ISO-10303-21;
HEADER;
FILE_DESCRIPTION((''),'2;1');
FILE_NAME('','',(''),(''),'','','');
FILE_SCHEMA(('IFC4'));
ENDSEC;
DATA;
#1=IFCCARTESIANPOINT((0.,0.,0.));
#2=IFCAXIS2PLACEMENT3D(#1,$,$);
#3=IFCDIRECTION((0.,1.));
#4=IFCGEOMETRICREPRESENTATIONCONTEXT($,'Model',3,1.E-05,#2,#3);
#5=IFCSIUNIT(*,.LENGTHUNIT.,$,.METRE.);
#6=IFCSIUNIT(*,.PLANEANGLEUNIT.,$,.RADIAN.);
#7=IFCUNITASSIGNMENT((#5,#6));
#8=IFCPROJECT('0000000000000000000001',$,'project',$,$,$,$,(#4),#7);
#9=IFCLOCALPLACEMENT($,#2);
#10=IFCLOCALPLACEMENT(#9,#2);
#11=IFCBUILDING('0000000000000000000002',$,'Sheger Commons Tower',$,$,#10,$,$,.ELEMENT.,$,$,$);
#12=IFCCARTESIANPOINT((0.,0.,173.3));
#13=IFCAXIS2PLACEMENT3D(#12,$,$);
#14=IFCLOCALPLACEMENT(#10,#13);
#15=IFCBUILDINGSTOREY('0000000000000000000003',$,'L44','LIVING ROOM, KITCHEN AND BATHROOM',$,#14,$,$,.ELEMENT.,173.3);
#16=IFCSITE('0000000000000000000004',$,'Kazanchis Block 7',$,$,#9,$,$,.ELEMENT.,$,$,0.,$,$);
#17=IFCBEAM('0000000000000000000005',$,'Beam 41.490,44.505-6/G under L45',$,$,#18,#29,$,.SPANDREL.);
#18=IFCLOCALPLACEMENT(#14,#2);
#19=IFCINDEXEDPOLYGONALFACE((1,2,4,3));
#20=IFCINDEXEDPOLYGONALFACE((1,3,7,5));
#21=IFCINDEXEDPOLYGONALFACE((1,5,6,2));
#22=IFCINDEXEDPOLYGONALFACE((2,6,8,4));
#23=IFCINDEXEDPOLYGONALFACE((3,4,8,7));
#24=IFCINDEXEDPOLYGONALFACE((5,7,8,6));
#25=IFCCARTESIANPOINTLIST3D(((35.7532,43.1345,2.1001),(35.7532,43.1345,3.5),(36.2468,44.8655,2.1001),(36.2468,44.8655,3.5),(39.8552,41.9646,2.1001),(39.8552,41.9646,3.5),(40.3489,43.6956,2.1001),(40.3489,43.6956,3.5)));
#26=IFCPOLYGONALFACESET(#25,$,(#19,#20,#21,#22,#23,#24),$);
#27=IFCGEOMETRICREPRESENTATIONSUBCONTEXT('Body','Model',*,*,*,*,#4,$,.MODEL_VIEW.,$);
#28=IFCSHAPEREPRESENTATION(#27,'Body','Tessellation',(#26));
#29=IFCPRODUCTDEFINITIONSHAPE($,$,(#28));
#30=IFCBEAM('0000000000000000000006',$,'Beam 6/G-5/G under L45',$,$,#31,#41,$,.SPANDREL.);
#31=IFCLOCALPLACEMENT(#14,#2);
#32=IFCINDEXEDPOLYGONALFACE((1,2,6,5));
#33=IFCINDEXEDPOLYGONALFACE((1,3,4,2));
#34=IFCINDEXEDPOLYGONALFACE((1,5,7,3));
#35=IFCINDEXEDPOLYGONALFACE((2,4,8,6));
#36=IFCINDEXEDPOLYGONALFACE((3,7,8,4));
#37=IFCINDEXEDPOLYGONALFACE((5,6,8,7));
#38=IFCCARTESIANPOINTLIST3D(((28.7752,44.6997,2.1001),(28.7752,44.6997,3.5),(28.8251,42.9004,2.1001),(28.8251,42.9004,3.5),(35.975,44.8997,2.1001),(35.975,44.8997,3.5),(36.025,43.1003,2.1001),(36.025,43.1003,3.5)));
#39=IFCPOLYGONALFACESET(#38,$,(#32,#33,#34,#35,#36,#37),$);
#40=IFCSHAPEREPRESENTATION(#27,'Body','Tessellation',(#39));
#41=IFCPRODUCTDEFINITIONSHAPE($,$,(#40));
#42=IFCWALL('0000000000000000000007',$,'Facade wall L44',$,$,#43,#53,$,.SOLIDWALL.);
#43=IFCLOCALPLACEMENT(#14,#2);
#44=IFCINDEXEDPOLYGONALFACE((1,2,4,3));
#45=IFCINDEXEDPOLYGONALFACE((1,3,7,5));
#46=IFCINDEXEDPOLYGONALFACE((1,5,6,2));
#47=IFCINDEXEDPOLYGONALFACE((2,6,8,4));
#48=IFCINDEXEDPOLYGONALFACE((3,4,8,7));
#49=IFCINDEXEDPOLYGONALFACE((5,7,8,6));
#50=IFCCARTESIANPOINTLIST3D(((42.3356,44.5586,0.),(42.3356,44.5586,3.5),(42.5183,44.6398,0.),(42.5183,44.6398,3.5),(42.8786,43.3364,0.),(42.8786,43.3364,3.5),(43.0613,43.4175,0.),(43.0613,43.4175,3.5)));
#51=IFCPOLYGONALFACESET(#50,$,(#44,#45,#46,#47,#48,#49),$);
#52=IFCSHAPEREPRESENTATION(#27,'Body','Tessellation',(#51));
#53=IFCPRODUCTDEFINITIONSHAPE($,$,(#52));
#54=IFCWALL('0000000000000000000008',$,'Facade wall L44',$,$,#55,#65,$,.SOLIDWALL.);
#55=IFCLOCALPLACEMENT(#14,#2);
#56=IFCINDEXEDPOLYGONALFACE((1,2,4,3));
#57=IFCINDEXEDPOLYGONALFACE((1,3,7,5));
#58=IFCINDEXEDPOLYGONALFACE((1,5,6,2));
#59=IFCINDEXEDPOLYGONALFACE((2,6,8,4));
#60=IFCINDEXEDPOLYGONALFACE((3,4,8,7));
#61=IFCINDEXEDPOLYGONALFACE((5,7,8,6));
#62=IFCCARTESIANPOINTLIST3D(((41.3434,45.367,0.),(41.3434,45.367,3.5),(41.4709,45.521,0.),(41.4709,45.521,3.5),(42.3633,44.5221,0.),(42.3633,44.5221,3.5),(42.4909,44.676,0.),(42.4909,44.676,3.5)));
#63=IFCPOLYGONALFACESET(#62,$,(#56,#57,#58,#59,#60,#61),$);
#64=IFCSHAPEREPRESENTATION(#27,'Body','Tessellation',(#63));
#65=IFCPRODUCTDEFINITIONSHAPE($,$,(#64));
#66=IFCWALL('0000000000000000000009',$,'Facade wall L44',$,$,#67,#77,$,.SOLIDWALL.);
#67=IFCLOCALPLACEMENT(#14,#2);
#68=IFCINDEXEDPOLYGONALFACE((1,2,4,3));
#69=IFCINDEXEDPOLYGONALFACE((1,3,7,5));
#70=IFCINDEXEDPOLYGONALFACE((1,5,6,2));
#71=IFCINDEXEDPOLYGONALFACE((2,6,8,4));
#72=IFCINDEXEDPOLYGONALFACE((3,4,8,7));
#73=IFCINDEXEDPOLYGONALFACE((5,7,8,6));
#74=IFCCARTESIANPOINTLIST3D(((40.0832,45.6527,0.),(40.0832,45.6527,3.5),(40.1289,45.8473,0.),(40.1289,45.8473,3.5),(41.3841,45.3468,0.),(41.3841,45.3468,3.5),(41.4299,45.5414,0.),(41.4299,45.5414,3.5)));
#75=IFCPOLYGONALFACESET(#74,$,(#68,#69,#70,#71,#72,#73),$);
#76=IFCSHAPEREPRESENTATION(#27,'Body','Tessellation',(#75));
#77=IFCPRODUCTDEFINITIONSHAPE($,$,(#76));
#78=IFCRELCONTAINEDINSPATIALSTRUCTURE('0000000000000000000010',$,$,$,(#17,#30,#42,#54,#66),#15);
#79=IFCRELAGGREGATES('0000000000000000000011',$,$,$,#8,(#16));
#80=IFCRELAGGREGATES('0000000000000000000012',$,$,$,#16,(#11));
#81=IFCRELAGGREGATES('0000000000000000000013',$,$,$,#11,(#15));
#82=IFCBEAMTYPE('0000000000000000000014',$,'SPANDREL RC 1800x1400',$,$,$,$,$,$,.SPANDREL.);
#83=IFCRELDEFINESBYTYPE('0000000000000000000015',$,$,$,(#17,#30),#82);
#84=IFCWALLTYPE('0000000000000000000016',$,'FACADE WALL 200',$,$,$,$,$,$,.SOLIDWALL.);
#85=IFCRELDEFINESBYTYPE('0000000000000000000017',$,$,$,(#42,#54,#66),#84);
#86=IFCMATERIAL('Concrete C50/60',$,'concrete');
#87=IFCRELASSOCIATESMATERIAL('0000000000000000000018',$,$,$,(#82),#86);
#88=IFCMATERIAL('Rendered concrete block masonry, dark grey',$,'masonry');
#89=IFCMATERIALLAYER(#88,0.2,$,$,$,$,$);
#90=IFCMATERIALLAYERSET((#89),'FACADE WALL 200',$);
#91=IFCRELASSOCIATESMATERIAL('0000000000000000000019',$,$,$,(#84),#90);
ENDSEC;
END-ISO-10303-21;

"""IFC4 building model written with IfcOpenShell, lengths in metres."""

from ifc_helpers import new_model, si_unit, direction, frame, frame_2d, origin, origin_2d, place, context, subcontext, project, spatial, rectangle, extrude, material, layer, layer_set, material_profile, profile_set, type_object, element, save


model = new_model("IFC4")

# Units and contexts
model_context = context("Model", 3, precision=1e-05, world=origin(), true_north=direction((0.0, 1.0)))
body_context = subcontext(model_context, "Body", "Model", "MODEL_VIEW")
ifc_project = project(units=[si_unit("LENGTHUNIT", "METRE"), si_unit("PLANEANGLEUNIT", "RADIAN")], contexts=[model_context])

# Site, building, storey
site_placement = place(None, origin())
site = spatial("IfcSite", under=ifc_project, at=site_placement, Name="Kazanchis Block 7", CompositionType="ELEMENT", RefElevation=0.0)
building_placement = place(site_placement, origin())
building = spatial("IfcBuilding", under=site, at=building_placement, Name="Sheger Commons Tower", CompositionType="ELEMENT")
storey_placement = place(building_placement, frame((0.0, 0.0, 173.3)))
storey = spatial("IfcBuildingStorey", under=building, at=storey_placement, Name="L44", Description="LIVING ROOM, KITCHEN AND BATHROOM", CompositionType="ELEMENT", Elevation=173.3)

# Beams
ifc_material_1 = material(Name="Concrete C50/60", Category="concrete")
ifc_material_profile = material_profile(ifc_material_1, rectangle(XDim=1.8, YDim=1.3999, at=origin_2d()), Name="RC 1800x1400")
ifc_profile_set = profile_set([ifc_material_profile], Name="Concrete C50/60")
beam_type = type_object("IfcBeamType", Name="SPANDREL RC 1800x1400", PredefinedType="SPANDREL", material=ifc_profile_set)
beam_1_placement = place(storey_placement, frame((40.1021, 42.8301, 2.8), z_axis=(-0.961653, 0.274268, 0.0), x_axis=(-0.274268, -0.961653, 0.0)))
element("IfcBeam", 1, at=beam_1_placement, inside=storey, type_object=beam_type, Name="Beam 41.490,44.505-6/G under L45", PredefinedType="SPANDREL", context=body_context, shape_type="SweptSolid", body=[
    extrude(rectangle(XDim=1.8, YDim=1.3999, at=origin_2d()), origin(), (0.0, 0.0, 1.0), 4.2656),
])
beam_2_placement = place(storey_placement, frame((36.0, 44.0, 2.8), z_axis=(-0.999615, -0.02776, 0.0), x_axis=(0.02776, -0.999615, 0.0)))
element("IfcBeam", 2, at=beam_2_placement, inside=storey, type_object=beam_type, Name="Beam 6/G-5/G under L45", PredefinedType="SPANDREL", context=body_context, shape_type="SweptSolid", body=[
    extrude(rectangle(XDim=1.8, YDim=1.3999, at=origin_2d()), origin(), (0.0, 0.0, 1.0), 7.2026),
])

# Walls
ifc_material_2 = material(Name="Rendered concrete block masonry, dark grey", Category="masonry")
ifc_layer_1 = layer(ifc_material_2, 0.2)
ifc_layer_set_1 = layer_set([ifc_layer_1], Name="FACADE WALL 200")
wall_type_1 = type_object("IfcWallType", Name="FACADE WALL 200", PredefinedType="SOLIDWALL", material=ifc_layer_set_1)
wall_1_placement = place(storey_placement, frame((42.97, 43.377, 0.0), z_axis=(0.0, 0.0, 1.0), x_axis=(-0.406003, 0.913872, 0.0)))
element("IfcWall", 3, at=wall_1_placement, inside=storey, type_object=wall_type_1, Name="Facade wall L44", PredefinedType="SOLIDWALL", context=body_context, shape_type="SweptSolid", body=[
    extrude(rectangle(XDim=1.3374, YDim=0.2, at=frame_2d((0.6687, 0.0))), origin(), (0.0, 0.0, 1.0), 3.5),
])
wall_2_placement = place(storey_placement, frame((42.427, 44.5991, 0.0), z_axis=(0.0, 0.0, 1.0), x_axis=(-0.770091, 0.637934, 0.0)))
element("IfcWall", 4, at=wall_2_placement, inside=storey, type_object=wall_type_1, Name="Facade wall L44", PredefinedType="SOLIDWALL", context=body_context, shape_type="SweptSolid", body=[
    extrude(rectangle(XDim=1.3245, YDim=0.2, at=frame_2d((0.6621, 0.0))), origin(), (0.0, 0.0, 1.0), 3.5),
])
wall_3_placement = place(storey_placement, frame((41.407, 45.4441, 0.0), z_axis=(0.0, 0.0, 1.0), x_axis=(-0.973453, 0.228887, 0.0)))
element("IfcWall", 5, at=wall_3_placement, inside=storey, type_object=wall_type_1, Name="Facade wall L44", PredefinedType="SOLIDWALL", context=body_context, shape_type="SweptSolid", body=[
    extrude(rectangle(XDim=1.3364, YDim=0.2, at=frame_2d((0.6682, 0.0))), origin(), (0.0, 0.0, 1.0), 3.5),
])

save(model, "model.ifc")
